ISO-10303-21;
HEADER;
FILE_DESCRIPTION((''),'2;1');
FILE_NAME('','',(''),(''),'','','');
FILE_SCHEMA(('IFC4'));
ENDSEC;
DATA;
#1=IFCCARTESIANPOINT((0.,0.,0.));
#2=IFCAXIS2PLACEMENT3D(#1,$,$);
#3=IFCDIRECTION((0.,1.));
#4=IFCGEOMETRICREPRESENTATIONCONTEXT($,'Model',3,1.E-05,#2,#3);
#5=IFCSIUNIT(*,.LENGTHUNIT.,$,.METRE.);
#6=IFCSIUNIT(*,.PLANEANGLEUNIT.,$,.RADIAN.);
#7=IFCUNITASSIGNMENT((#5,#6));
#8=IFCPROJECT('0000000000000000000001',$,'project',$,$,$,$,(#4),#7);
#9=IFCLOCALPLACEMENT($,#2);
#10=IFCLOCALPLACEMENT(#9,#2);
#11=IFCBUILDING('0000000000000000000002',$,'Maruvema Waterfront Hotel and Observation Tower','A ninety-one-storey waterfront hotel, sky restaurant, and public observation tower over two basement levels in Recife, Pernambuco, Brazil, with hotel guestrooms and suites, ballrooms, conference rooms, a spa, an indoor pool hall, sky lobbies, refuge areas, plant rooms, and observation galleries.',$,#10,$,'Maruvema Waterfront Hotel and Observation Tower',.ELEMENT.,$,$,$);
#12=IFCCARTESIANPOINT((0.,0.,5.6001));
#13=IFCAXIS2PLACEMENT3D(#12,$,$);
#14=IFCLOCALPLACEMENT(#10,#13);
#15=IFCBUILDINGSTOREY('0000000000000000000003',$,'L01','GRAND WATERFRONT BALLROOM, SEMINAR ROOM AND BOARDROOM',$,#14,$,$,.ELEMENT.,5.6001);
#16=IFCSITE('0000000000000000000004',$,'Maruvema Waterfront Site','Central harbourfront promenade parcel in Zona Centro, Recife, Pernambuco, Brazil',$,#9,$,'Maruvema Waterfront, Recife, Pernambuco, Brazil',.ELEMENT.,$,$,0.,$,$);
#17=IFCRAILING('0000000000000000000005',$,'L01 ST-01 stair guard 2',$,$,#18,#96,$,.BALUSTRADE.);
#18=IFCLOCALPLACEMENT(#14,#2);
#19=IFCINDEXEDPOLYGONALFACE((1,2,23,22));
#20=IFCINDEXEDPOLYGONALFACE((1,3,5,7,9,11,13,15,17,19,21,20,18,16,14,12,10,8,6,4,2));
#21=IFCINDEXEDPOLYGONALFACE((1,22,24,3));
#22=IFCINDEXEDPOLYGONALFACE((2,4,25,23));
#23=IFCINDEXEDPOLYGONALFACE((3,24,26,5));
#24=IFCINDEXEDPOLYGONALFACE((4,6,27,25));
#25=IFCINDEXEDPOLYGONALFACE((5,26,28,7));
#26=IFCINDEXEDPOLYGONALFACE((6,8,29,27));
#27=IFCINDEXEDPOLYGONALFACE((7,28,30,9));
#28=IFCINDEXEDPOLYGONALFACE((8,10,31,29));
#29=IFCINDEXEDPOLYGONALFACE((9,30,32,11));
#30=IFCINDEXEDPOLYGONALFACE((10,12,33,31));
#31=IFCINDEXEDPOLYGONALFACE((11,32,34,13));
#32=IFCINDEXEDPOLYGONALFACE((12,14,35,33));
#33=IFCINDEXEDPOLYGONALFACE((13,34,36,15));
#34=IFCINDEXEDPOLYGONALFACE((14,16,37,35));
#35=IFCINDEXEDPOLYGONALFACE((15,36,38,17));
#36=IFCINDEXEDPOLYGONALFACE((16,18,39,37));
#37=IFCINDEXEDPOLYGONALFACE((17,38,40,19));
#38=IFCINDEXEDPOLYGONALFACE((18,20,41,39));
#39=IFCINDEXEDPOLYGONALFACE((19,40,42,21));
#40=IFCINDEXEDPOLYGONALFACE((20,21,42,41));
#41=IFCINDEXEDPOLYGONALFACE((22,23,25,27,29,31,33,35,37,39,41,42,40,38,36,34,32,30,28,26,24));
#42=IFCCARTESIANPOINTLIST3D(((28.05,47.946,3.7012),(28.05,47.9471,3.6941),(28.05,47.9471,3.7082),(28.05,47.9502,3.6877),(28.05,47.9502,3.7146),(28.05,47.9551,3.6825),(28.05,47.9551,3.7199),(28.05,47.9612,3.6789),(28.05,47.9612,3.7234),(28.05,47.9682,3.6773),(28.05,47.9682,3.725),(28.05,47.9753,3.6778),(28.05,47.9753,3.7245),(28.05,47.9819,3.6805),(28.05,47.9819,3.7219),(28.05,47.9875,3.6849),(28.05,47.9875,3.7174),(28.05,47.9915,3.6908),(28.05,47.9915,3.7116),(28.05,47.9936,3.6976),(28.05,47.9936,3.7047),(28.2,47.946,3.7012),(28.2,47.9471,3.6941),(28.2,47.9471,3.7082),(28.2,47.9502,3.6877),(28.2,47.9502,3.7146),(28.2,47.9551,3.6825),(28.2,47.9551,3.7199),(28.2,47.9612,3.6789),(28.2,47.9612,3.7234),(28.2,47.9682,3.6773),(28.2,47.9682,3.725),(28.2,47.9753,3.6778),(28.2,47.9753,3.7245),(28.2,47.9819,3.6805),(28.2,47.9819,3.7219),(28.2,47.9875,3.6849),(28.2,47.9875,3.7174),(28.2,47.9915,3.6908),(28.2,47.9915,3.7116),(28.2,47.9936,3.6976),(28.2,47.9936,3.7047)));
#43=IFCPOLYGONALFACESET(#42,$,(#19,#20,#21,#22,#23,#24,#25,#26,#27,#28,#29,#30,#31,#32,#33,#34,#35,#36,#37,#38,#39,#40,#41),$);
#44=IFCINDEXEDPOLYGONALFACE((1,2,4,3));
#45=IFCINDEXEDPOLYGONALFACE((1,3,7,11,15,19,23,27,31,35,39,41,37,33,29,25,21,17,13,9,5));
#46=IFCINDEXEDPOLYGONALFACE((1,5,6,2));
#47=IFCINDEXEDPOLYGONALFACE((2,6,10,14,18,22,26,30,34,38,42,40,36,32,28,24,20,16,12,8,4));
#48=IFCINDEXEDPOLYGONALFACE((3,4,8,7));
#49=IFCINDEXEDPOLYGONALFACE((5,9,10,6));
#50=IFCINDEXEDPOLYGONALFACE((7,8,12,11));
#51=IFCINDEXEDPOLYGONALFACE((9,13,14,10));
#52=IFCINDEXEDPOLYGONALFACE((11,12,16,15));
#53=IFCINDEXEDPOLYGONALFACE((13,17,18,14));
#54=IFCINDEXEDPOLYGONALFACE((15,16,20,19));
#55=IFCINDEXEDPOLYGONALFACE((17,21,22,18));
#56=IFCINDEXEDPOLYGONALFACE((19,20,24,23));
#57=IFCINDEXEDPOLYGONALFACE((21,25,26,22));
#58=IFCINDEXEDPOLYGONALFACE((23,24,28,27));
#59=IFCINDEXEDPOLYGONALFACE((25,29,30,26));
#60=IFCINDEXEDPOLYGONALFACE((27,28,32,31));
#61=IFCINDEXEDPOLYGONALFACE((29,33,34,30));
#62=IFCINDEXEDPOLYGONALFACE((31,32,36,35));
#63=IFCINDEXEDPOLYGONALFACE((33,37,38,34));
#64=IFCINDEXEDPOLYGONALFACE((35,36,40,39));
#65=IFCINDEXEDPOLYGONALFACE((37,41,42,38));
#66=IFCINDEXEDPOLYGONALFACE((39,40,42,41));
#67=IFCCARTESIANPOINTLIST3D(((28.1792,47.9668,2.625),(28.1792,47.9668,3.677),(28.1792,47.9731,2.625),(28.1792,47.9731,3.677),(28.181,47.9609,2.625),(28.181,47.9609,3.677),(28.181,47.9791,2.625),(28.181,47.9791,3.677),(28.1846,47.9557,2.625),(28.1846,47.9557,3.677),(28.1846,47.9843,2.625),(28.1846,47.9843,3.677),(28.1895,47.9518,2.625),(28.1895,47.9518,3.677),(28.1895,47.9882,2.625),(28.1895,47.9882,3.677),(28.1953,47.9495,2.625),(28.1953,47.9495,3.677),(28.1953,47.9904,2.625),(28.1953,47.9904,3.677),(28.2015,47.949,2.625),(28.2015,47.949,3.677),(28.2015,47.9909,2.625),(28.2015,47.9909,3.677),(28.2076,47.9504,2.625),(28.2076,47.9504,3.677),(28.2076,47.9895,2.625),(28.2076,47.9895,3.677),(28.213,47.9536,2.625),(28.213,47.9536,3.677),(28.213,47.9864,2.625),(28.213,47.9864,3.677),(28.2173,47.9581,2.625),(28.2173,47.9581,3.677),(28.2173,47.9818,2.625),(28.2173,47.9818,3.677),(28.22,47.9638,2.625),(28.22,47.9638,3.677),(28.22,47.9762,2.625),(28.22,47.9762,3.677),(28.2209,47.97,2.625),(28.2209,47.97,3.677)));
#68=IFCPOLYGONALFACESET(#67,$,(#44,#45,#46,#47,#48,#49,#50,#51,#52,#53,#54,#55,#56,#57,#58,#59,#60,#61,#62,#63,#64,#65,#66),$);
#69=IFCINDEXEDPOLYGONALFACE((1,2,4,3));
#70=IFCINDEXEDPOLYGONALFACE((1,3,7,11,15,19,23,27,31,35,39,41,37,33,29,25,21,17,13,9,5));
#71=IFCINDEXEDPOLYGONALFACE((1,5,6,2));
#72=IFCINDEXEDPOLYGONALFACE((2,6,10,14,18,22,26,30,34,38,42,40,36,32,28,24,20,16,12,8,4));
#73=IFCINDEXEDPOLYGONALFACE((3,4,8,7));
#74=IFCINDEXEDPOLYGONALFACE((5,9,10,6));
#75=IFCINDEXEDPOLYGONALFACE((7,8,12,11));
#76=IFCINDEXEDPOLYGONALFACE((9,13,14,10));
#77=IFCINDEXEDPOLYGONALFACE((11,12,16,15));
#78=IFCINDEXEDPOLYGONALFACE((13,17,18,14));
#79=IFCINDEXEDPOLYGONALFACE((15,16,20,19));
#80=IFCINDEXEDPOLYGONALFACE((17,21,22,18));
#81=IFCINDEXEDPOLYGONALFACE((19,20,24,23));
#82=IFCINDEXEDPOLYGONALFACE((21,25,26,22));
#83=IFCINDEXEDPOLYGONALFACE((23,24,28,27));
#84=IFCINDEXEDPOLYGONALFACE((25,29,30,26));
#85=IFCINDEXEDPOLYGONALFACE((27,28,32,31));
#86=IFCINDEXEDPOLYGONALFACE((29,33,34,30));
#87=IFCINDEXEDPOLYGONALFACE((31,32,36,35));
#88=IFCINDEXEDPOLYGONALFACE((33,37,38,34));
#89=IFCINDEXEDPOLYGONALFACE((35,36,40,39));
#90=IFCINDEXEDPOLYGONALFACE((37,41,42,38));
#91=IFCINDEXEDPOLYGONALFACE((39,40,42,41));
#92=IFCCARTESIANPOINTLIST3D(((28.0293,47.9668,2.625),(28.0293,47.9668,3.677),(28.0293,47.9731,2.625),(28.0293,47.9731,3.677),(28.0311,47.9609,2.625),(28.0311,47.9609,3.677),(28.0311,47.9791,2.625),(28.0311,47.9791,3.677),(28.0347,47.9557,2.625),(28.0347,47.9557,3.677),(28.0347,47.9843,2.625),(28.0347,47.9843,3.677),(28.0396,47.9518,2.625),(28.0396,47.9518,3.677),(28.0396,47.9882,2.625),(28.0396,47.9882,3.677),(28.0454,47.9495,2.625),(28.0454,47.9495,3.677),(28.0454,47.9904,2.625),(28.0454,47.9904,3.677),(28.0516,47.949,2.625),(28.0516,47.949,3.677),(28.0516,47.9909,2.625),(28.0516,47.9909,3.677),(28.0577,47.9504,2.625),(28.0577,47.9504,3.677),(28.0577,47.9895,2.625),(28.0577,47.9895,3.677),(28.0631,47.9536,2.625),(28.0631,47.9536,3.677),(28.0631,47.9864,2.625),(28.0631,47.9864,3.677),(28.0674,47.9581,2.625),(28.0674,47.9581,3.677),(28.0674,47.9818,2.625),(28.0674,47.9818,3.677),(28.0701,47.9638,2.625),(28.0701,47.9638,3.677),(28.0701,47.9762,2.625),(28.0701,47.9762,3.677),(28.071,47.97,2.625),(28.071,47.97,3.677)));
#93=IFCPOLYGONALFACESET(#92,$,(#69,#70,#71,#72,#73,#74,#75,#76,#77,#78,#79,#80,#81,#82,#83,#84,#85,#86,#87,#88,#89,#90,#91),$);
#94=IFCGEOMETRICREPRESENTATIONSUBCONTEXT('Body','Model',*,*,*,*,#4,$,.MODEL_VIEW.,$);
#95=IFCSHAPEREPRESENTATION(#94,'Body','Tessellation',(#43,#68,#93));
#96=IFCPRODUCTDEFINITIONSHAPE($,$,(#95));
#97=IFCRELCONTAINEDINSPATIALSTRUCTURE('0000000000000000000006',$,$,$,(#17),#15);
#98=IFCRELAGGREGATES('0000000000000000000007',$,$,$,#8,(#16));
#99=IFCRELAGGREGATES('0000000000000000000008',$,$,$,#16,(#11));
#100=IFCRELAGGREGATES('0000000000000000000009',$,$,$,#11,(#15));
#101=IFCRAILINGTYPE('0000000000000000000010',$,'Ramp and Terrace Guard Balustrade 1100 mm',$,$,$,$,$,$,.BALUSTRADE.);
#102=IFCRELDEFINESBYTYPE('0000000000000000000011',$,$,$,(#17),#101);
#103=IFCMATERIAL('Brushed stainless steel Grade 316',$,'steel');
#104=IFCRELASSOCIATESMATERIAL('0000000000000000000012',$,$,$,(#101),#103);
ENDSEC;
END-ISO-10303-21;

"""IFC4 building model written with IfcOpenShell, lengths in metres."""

from ifc_helpers import new_model, si_unit, direction, frame, origin, origin_2d, place, context, subcontext, project, spatial, circle, extrude, material, type_object, element, save


model = new_model("IFC4")

# Units and contexts
model_context = context("Model", 3, precision=1e-05, world=origin(), true_north=direction((0.0, 1.0)))
body_context = subcontext(model_context, "Body", "Model", "MODEL_VIEW")
ifc_project = project(units=[si_unit("LENGTHUNIT", "METRE"), si_unit("PLANEANGLEUNIT", "RADIAN")], contexts=[model_context])

# Site, building, storey
site_placement = place(None, origin())
site = spatial("IfcSite", under=ifc_project, at=site_placement, Name="Maruvema Waterfront Site", Description="Central harbourfront promenade parcel in Zona Centro, Recife, Pernambuco, Brazil", LongName="Maruvema Waterfront, Recife, Pernambuco, Brazil", CompositionType="ELEMENT", RefElevation=0.0)
building_placement = place(site_placement, origin())
building = spatial("IfcBuilding", under=site, at=building_placement, Name="Maruvema Waterfront Hotel and Observation Tower", Description="A ninety-one-storey waterfront hotel, sky restaurant, and public observation tower over two basement levels in Recife, Pernambuco, Brazil, with hotel guestrooms and suites, ballrooms, conference rooms, a spa, an indoor pool hall, sky lobbies, refuge areas, plant rooms, and observation galleries.", LongName="Maruvema Waterfront Hotel and Observation Tower", CompositionType="ELEMENT")
storey_placement = place(building_placement, frame((0.0, 0.0, 5.6001)))
storey = spatial("IfcBuildingStorey", under=building, at=storey_placement, Name="L01", Description="GRAND WATERFRONT BALLROOM, SEMINAR ROOM AND BOARDROOM", CompositionType="ELEMENT", Elevation=5.6001)

# Railing
ifc_material_1 = material(Name="Brushed stainless steel Grade 316", Category="steel")
railing_type_1 = type_object("IfcRailingType", Name="Ramp and Terrace Guard Balustrade 1100 mm", PredefinedType="BALUSTRADE", material=ifc_material_1)
railing_1_placement = place(storey_placement, frame((28.2, 47.97, 2.625)))
element("IfcRailing", 1, at=railing_1_placement, inside=storey, type_object=railing_type_1, Name="L01 ST-01 stair guard 2", PredefinedType="BALUSTRADE", context=body_context, shape_type="SweptSolid", body=[
    extrude(circle(Radius=0.0239, at=origin_2d()), frame((0.0, 0.0, 1.0762), z_axis=(-1.0, 0.0, 0.0), x_axis=(0.0, -1.0, 0.0)), (0.0, 0.0, 1.0), 0.1499),
    extrude(circle(Radius=0.021, at=origin_2d()), origin(), (0.0, 0.0, 1.0), 1.052),
    extrude(circle(Radius=0.021, at=origin_2d()), frame((-0.1499, 0.0, 0.0)), (0.0, 0.0, 1.0), 1.052),
])

save(model, "model.ifc")
